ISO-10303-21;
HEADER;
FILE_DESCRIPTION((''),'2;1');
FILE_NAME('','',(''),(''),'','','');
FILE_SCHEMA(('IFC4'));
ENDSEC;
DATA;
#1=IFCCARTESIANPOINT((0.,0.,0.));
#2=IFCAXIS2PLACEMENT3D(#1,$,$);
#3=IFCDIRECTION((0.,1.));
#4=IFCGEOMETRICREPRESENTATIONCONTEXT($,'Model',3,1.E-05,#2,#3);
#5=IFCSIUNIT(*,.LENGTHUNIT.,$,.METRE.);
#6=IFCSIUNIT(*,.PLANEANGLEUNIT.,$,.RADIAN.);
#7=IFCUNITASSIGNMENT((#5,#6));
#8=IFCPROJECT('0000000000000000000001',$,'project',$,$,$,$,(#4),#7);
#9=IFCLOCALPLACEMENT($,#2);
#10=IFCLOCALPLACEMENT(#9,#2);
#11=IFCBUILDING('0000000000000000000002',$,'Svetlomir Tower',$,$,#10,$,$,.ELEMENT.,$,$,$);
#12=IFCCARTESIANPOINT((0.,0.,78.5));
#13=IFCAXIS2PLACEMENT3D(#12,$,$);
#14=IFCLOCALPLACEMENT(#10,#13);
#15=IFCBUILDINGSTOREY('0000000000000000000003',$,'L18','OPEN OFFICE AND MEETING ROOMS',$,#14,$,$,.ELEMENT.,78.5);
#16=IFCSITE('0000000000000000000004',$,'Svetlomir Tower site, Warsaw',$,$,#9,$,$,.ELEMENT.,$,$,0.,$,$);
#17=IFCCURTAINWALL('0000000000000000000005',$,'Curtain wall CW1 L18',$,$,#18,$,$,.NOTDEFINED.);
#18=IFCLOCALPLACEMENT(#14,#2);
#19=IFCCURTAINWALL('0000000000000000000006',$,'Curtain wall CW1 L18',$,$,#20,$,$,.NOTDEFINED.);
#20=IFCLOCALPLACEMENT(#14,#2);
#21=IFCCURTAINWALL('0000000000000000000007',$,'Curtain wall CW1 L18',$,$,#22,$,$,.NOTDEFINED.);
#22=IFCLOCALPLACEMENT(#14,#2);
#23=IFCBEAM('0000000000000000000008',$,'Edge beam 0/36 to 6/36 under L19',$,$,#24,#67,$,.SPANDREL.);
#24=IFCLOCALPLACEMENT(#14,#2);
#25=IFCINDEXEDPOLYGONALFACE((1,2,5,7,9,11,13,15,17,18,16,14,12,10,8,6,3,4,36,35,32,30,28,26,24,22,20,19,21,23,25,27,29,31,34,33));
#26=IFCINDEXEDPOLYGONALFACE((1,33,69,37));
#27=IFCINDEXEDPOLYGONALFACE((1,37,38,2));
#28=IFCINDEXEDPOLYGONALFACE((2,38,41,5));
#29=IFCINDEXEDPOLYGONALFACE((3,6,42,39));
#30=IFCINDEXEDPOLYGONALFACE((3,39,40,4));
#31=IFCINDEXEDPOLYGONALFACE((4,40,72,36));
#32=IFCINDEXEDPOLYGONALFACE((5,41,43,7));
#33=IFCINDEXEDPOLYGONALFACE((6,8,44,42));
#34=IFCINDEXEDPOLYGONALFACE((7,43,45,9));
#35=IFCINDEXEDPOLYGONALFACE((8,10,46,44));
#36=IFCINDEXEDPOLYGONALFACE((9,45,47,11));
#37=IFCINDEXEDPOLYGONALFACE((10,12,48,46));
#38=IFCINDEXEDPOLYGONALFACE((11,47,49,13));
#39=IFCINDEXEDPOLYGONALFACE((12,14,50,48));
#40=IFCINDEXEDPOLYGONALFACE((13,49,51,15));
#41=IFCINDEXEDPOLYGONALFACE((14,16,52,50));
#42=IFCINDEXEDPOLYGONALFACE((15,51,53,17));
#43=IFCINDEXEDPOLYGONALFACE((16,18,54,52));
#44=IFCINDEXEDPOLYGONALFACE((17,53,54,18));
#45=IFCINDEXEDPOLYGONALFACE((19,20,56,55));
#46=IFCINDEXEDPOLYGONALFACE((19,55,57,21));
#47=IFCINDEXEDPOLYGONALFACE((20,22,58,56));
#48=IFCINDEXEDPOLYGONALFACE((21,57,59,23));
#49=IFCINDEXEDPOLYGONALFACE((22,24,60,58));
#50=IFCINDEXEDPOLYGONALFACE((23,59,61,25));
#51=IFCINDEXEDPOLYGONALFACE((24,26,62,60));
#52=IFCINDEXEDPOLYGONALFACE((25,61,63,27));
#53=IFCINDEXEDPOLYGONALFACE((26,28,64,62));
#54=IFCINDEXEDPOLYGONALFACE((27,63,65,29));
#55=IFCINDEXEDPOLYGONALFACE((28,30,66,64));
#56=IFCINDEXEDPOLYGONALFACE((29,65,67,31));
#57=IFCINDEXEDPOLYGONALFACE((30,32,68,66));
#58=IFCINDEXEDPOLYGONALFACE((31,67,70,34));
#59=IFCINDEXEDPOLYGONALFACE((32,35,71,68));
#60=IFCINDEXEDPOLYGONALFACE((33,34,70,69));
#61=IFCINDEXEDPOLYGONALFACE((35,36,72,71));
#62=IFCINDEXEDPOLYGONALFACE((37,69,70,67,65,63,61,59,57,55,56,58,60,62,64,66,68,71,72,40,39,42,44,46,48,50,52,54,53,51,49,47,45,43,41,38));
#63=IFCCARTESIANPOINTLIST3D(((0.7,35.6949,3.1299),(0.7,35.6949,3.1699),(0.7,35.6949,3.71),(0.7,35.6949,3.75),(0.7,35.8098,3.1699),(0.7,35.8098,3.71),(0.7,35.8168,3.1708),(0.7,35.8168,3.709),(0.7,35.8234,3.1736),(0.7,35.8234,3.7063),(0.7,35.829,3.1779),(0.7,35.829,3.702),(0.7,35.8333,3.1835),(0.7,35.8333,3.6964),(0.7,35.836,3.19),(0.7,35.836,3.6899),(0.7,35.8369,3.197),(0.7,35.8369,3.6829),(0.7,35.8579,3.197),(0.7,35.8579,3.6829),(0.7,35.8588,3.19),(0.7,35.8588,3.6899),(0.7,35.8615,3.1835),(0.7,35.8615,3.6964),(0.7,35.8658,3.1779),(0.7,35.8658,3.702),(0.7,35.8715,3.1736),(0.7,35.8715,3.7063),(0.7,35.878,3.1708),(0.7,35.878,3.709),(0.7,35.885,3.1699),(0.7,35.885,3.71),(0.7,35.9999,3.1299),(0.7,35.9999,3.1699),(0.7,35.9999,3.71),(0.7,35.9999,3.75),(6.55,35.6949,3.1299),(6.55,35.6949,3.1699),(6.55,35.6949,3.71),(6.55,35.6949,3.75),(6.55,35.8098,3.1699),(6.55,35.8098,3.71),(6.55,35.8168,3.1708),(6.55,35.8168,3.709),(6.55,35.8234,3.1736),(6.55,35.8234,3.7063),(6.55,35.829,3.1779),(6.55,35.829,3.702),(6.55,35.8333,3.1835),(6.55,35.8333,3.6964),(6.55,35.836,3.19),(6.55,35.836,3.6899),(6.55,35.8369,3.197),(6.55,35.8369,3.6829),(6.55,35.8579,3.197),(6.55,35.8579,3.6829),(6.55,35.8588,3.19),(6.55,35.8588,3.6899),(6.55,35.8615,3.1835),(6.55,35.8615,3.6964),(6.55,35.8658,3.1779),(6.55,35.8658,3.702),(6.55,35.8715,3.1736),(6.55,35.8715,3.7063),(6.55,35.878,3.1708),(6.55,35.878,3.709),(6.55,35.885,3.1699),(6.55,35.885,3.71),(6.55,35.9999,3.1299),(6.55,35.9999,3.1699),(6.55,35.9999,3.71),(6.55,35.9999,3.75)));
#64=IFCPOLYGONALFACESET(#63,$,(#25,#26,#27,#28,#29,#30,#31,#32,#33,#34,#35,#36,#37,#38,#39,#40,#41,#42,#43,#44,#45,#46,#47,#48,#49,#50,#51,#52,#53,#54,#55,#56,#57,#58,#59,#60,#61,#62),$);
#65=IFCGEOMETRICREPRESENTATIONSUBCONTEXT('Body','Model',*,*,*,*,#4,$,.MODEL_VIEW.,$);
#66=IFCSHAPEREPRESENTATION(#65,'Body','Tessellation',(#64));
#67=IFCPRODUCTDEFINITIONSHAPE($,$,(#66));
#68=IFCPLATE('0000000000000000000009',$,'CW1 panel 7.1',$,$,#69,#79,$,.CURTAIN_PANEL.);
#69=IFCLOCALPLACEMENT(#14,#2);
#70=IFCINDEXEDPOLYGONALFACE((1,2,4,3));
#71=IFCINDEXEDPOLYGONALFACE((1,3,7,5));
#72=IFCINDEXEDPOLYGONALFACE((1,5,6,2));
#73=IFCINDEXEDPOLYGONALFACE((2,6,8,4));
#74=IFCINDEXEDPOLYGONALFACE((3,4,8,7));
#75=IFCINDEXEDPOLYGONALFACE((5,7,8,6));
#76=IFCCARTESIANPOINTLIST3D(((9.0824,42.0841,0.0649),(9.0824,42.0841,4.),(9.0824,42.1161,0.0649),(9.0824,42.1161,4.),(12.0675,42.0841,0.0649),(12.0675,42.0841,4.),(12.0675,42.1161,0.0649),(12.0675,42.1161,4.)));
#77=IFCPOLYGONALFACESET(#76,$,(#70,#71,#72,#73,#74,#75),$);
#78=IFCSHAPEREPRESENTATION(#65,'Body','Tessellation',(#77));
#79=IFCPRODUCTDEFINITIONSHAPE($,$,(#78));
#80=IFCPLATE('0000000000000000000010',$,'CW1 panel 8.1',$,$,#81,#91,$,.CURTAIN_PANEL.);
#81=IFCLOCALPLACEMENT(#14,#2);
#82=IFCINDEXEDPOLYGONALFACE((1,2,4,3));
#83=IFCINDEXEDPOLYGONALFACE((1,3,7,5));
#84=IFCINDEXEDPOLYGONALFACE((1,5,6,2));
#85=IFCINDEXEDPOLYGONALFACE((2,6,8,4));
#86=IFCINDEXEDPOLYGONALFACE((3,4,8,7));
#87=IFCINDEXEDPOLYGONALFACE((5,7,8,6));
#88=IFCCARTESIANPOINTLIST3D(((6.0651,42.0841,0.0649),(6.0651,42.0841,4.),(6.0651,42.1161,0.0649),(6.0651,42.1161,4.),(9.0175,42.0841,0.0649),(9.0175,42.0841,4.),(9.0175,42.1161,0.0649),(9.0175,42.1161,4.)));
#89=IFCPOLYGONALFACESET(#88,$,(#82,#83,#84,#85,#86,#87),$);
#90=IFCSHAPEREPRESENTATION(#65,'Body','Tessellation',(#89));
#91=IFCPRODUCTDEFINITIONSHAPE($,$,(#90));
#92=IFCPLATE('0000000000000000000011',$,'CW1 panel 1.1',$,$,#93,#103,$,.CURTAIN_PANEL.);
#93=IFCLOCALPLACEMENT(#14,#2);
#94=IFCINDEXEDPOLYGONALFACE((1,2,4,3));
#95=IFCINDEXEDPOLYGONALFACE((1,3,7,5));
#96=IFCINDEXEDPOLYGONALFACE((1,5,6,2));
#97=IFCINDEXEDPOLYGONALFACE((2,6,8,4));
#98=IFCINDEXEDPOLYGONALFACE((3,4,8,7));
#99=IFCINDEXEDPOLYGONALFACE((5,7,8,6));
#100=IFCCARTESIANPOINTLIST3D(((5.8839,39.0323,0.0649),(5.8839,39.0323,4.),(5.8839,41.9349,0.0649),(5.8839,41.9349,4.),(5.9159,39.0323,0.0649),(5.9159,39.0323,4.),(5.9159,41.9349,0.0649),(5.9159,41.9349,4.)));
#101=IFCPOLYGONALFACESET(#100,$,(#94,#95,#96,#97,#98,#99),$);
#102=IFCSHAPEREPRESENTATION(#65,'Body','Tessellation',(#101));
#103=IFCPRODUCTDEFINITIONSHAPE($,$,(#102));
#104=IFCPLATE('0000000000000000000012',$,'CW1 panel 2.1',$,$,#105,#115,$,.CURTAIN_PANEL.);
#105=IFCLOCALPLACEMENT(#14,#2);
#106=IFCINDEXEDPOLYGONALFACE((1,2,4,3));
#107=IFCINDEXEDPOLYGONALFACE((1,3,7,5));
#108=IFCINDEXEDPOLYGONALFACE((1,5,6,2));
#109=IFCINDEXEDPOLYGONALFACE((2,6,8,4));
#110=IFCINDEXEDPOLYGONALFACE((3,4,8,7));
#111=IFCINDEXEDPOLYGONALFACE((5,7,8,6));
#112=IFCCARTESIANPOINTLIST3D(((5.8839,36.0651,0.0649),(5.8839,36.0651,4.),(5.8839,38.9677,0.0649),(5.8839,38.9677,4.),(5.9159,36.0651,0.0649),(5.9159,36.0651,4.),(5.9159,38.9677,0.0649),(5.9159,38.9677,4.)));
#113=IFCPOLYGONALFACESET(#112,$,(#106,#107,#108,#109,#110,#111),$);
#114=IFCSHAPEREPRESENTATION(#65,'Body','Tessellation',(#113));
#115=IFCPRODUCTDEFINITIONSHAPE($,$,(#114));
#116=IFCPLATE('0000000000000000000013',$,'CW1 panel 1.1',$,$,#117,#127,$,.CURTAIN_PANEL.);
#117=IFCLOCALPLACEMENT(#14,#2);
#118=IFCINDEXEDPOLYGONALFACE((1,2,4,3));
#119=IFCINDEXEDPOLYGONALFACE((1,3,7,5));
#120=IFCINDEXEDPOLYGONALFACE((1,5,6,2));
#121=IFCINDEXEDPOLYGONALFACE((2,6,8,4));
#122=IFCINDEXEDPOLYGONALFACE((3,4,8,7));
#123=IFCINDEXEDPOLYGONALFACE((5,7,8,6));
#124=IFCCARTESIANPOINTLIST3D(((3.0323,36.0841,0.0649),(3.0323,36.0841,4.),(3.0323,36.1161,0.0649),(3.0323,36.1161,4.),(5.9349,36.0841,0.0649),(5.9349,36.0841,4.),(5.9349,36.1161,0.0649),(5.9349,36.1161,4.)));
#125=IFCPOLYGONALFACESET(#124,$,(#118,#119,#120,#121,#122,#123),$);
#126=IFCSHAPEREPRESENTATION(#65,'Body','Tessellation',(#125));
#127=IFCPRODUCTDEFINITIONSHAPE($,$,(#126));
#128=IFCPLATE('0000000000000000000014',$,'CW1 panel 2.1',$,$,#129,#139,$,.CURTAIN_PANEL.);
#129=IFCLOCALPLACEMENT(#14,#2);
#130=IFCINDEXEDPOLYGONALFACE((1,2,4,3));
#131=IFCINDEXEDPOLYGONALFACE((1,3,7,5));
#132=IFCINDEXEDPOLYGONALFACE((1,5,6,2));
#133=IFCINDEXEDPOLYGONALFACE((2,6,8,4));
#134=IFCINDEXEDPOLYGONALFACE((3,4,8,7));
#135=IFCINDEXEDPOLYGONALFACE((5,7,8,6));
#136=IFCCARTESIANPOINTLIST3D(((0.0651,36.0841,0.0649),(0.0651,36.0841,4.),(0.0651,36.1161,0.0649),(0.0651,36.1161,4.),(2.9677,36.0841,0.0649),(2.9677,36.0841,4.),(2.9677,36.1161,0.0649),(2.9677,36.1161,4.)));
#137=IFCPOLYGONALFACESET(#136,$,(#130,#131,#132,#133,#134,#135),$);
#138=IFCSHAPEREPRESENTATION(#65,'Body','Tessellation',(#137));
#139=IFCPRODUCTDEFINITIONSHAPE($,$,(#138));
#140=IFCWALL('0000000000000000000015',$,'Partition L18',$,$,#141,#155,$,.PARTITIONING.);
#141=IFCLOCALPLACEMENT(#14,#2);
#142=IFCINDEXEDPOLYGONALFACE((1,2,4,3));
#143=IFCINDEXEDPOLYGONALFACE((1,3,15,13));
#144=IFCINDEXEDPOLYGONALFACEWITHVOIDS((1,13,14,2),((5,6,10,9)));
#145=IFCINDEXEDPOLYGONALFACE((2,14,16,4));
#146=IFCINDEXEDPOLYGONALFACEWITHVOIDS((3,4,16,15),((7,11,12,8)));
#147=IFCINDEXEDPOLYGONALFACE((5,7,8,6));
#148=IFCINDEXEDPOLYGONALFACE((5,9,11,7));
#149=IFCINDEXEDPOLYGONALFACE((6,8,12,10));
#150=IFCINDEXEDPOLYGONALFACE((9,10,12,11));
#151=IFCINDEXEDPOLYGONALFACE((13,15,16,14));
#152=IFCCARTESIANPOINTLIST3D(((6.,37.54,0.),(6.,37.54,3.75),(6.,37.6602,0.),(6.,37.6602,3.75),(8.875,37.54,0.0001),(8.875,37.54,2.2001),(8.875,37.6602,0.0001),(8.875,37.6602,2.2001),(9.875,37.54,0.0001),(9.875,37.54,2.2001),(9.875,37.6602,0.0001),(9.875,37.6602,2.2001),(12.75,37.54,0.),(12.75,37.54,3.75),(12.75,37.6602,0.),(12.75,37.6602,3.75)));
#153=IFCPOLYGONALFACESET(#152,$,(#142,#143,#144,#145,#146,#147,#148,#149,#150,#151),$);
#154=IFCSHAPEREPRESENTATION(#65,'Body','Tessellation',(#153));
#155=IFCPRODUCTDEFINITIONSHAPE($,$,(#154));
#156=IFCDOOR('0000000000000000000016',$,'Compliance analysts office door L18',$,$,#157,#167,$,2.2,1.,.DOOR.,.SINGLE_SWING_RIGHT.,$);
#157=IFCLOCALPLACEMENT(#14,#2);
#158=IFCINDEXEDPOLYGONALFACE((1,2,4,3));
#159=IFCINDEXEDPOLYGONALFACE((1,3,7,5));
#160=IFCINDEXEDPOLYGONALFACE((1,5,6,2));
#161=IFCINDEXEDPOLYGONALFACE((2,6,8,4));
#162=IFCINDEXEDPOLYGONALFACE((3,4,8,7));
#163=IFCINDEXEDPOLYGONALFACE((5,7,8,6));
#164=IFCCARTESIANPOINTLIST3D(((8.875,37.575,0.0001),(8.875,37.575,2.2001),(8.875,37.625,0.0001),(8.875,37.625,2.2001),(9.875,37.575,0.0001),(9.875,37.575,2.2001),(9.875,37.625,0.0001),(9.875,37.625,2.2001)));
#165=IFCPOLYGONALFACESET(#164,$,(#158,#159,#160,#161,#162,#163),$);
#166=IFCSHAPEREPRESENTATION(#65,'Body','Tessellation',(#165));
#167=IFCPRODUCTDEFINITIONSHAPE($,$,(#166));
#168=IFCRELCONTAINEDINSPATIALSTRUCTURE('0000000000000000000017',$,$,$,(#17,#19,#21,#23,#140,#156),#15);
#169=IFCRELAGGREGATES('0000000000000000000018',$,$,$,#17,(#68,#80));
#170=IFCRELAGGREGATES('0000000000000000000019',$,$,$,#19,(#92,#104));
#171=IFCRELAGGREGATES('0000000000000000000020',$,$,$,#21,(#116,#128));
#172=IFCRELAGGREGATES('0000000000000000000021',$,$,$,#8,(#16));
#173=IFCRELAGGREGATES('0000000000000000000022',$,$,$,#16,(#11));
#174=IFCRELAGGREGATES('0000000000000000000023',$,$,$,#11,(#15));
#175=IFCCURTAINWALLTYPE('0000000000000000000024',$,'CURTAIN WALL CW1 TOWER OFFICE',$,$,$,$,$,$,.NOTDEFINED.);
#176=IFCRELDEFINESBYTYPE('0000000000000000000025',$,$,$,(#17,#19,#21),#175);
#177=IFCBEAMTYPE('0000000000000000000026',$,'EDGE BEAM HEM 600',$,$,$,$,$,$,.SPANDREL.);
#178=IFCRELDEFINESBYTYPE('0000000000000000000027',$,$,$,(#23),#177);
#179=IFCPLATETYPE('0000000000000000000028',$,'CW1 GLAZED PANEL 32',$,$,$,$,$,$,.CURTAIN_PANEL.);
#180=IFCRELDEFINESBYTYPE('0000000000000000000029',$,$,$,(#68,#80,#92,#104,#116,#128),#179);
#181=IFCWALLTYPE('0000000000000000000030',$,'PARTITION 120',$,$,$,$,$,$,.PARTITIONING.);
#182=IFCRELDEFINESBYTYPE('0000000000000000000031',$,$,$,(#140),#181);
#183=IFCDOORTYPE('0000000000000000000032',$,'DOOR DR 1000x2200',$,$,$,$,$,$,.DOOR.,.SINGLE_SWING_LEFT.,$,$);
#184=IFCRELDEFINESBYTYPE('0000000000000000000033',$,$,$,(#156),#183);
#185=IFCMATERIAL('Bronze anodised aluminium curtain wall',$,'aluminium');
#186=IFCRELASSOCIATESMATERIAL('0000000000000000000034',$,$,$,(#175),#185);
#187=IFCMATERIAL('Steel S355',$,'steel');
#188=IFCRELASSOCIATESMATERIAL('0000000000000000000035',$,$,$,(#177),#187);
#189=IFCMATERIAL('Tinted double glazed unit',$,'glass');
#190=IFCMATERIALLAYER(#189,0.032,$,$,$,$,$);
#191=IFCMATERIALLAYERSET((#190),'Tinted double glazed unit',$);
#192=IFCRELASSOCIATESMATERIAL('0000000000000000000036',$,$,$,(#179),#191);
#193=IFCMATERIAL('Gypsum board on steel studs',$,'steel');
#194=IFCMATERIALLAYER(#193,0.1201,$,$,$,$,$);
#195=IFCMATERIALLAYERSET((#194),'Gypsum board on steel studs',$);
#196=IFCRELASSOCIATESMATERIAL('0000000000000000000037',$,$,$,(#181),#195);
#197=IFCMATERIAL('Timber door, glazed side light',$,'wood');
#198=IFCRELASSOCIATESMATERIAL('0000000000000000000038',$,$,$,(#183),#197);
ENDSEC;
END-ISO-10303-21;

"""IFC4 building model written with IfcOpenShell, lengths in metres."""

from ifc_helpers import new_model, si_unit, direction, frame, frame_2d, origin, origin_2d, place, context, subcontext, project, spatial, rectangle, i_section, extrude, material, layer, layer_set, material_profile, profile_set, type_object, element, fill, aggregate, save


model = new_model("IFC4")

# Units and contexts
model_context = context("Model", 3, precision=1e-05, world=origin(), true_north=direction((0.0, 1.0)))
body_context = subcontext(model_context, "Body", "Model", "MODEL_VIEW")
ifc_project = project(units=[si_unit("LENGTHUNIT", "METRE"), si_unit("PLANEANGLEUNIT", "RADIAN")], contexts=[model_context])

# Site, building, storey
site_placement = place(None, origin())
site = spatial("IfcSite", under=ifc_project, at=site_placement, Name="Svetlomir Tower site, Warsaw", CompositionType="ELEMENT", RefElevation=0.0)
building_placement = place(site_placement, origin())
building = spatial("IfcBuilding", under=site, at=building_placement, Name="Svetlomir Tower", CompositionType="ELEMENT")
storey_placement = place(building_placement, frame((0.0, 0.0, 78.5)))
storey = spatial("IfcBuildingStorey", under=building, at=storey_placement, Name="L18", Description="OPEN OFFICE AND MEETING ROOMS", CompositionType="ELEMENT", Elevation=78.5)

# Curtain walls
ifc_material_1 = material(Name="Bronze anodised aluminium curtain wall", Category="aluminium")
curtain_wall_type = type_object("IfcCurtainWallType", Name="CURTAIN WALL CW1 TOWER OFFICE", PredefinedType="NOTDEFINED", material=ifc_material_1)
curtain_wall_1_placement = place(storey_placement, origin())
curtain_wall_1 = element("IfcCurtainWall", 1, at=curtain_wall_1_placement, inside=storey, type_object=curtain_wall_type, Name="Curtain wall CW1 L18", PredefinedType="NOTDEFINED")
curtain_wall_2_placement = place(storey_placement, origin())
curtain_wall_2 = element("IfcCurtainWall", 2, at=curtain_wall_2_placement, inside=storey, type_object=curtain_wall_type, Name="Curtain wall CW1 L18", PredefinedType="NOTDEFINED")
curtain_wall_3_placement = place(storey_placement, origin())
curtain_wall_3 = element("IfcCurtainWall", 3, at=curtain_wall_3_placement, inside=storey, type_object=curtain_wall_type, Name="Curtain wall CW1 L18", PredefinedType="NOTDEFINED")

# Beam
ifc_material_2 = material(Name="Steel S355", Category="steel")
ifc_material_profile_1 = material_profile(ifc_material_2, i_section(OverallWidth=0.3049, OverallDepth=0.6201, WebThickness=0.021, FlangeThickness=0.04, FilletRadius=0.0271, at=origin_2d()), Name="HEM 600")
ifc_profile_set_1 = profile_set([ifc_material_profile_1], Name="Steel S355")
beam_type = type_object("IfcBeamType", Name="EDGE BEAM HEM 600", PredefinedType="SPANDREL", material=ifc_profile_set_1)
for number, where, z_axis, x_axis, name in (
    (4, (0.7, 35.8474, 3.4399), (1.0, 0.0, 0.0), (0.0, 1.0, 0.0), "Edge beam 0/36 to 6/36 under L19"),
):
    element("IfcBeam", number, at=place(storey_placement, frame(where, z_axis=z_axis, x_axis=x_axis)), inside=storey, type_object=beam_type, Name=name, PredefinedType="SPANDREL", context=body_context, shape_type="SweptSolid", body=[
        extrude(i_section(OverallWidth=0.3049, OverallDepth=0.6201, WebThickness=0.021, FlangeThickness=0.04, FilletRadius=0.0271, at=origin_2d()), origin(), (0.0, 0.0, 1.0), 5.8501),
    ])

# Plates
ifc_material_3 = material(Name="Tinted double glazed unit", Category="glass")
ifc_layer_1 = layer(ifc_material_3, 0.032)
ifc_layer_set_1 = layer_set([ifc_layer_1], Name="Tinted double glazed unit")
plate_type = type_object("IfcPlateType", Name="CW1 GLAZED PANEL 32", PredefinedType="CURTAIN_PANEL", material=ifc_layer_set_1)
plate_1_placement = place(storey_placement, frame((10.575, 42.1001, 0.0649), z_axis=(0.0, 0.0, 1.0), x_axis=(-1.0, 0.0, 0.0)))
plate_1 = element("IfcPlate", 5, at=plate_1_placement, type_object=plate_type, Name="CW1 panel 7.1", PredefinedType="CURTAIN_PANEL", context=body_context, shape_type="SweptSolid", body=[
    extrude(rectangle(XDim=2.9851, YDim=0.032, at=origin_2d()), origin(), (0.0, 0.0, 1.0), 3.9351),
])
plate_2_placement = place(storey_placement, frame((7.5413, 42.1001, 0.0649), z_axis=(0.0, 0.0, 1.0), x_axis=(-1.0, 0.0, 0.0)))
plate_2 = element("IfcPlate", 6, at=plate_2_placement, type_object=plate_type, Name="CW1 panel 8.1", PredefinedType="CURTAIN_PANEL", context=body_context, shape_type="SweptSolid", body=[
    extrude(rectangle(XDim=2.9524, YDim=0.032, at=origin_2d()), origin(), (0.0, 0.0, 1.0), 3.9351),
])
aggregate(curtain_wall_1, [plate_1, plate_2])
plate_3_placement = place(storey_placement, frame((5.8999, 40.4836, 0.0649), z_axis=(0.0, 0.0, 1.0), x_axis=(0.0, -1.0, 0.0)))
plate_3 = element("IfcPlate", 7, at=plate_3_placement, type_object=plate_type, Name="CW1 panel 1.1", PredefinedType="CURTAIN_PANEL", context=body_context, shape_type="SweptSolid", body=[
    extrude(rectangle(XDim=2.9026, YDim=0.032, at=origin_2d()), origin(), (0.0, 0.0, 1.0), 3.9351),
])
plate_4_placement = place(storey_placement, frame((5.8999, 37.5164, 0.0649), z_axis=(0.0, 0.0, 1.0), x_axis=(0.0, -1.0, 0.0)))
plate_4 = element("IfcPlate", 8, at=plate_4_placement, type_object=plate_type, Name="CW1 panel 2.1", PredefinedType="CURTAIN_PANEL", context=body_context, shape_type="SweptSolid", body=[
    extrude(rectangle(XDim=2.9026, YDim=0.032, at=origin_2d()), origin(), (0.0, 0.0, 1.0), 3.9351),
])
aggregate(curtain_wall_2, [plate_3, plate_4])
plate_5_placement = place(storey_placement, frame((4.4836, 36.1001, 0.0649), z_axis=(0.0, 0.0, 1.0), x_axis=(-1.0, 0.0, 0.0)))
plate_5 = element("IfcPlate", 9, at=plate_5_placement, type_object=plate_type, Name="CW1 panel 1.1", PredefinedType="CURTAIN_PANEL", context=body_context, shape_type="SweptSolid", body=[
    extrude(rectangle(XDim=2.9026, YDim=0.032, at=origin_2d()), origin(), (0.0, 0.0, 1.0), 3.9351),
])
plate_6_placement = place(storey_placement, frame((1.5164, 36.1001, 0.0649), z_axis=(0.0, 0.0, 1.0), x_axis=(-1.0, 0.0, 0.0)))
plate_6 = element("IfcPlate", 10, at=plate_6_placement, type_object=plate_type, Name="CW1 panel 2.1", PredefinedType="CURTAIN_PANEL", context=body_context, shape_type="SweptSolid", body=[
    extrude(rectangle(XDim=2.9026, YDim=0.032, at=origin_2d()), origin(), (0.0, 0.0, 1.0), 3.9351),
])
aggregate(curtain_wall_3, [plate_5, plate_6])

# Wall, opening, door
ifc_material_4 = material(Name="Gypsum board on steel studs", Category="steel")
ifc_layer_2 = layer(ifc_material_4, 0.1201)
ifc_layer_set_2 = layer_set([ifc_layer_2], Name="Gypsum board on steel studs")
wall_type = type_object("IfcWallType", Name="PARTITION 120", PredefinedType="PARTITIONING", material=ifc_layer_set_2)
wall_1_placement = place(storey_placement, frame((6.0, 37.6001, 0.0), z_axis=(0.0, 0.0, 1.0), x_axis=(1.0, 0.0, 0.0)))
wall_1 = element("IfcWall", 11, at=wall_1_placement, inside=storey, type_object=wall_type, Name="Partition L18", PredefinedType="PARTITIONING", context=body_context, shape_type="SweptSolid", body=[
    extrude(rectangle(XDim=6.75, YDim=0.1201, at=frame_2d((3.375, 0.0))), origin(), (0.0, 0.0, 1.0), 3.75),
])
opening_1_placement = place(wall_1_placement, frame((2.875, 0.0, 0.0)))
opening_1 = element("IfcOpeningElement", 12, at=opening_1_placement, cuts=wall_1, PredefinedType="OPENING", context=body_context, shape_type="SweptSolid", body=[
    extrude(rectangle(XDim=1.0, YDim=2.2, at=frame_2d((0.5, 1.1001))), frame((0.0, 0.0701, 0.0), z_axis=(0.0, -1.0, 0.0), x_axis=(1.0, 0.0, 0.0)), (0.0, 0.0, 1.0), 0.1401),
])
ifc_material_5 = material(Name="Timber door, glazed side light", Category="wood")
door_type_1 = type_object("IfcDoorType", Name="DOOR DR 1000x2200", OperationType="SINGLE_SWING_LEFT", PredefinedType="DOOR", material=ifc_material_5)
door_1_placement = place(opening_1_placement, origin())
door_1 = element("IfcDoor", 13, at=door_1_placement, inside=storey, type_object=door_type_1, Name="Compliance analysts office door L18", OperationType="SINGLE_SWING_RIGHT", OverallHeight=2.2, OverallWidth=1.0, PredefinedType="DOOR", context=body_context, shape_type="SweptSolid", body=[
    extrude(rectangle(XDim=1.0, YDim=2.2, at=frame_2d((0.5, 1.1001))), frame((0.0, 0.0249, 0.0), z_axis=(0.0, -1.0, 0.0), x_axis=(1.0, 0.0, 0.0)), (0.0, 0.0, 1.0), 0.05),
])
fill(opening_1, door_1)

save(model, "model.ifc")
